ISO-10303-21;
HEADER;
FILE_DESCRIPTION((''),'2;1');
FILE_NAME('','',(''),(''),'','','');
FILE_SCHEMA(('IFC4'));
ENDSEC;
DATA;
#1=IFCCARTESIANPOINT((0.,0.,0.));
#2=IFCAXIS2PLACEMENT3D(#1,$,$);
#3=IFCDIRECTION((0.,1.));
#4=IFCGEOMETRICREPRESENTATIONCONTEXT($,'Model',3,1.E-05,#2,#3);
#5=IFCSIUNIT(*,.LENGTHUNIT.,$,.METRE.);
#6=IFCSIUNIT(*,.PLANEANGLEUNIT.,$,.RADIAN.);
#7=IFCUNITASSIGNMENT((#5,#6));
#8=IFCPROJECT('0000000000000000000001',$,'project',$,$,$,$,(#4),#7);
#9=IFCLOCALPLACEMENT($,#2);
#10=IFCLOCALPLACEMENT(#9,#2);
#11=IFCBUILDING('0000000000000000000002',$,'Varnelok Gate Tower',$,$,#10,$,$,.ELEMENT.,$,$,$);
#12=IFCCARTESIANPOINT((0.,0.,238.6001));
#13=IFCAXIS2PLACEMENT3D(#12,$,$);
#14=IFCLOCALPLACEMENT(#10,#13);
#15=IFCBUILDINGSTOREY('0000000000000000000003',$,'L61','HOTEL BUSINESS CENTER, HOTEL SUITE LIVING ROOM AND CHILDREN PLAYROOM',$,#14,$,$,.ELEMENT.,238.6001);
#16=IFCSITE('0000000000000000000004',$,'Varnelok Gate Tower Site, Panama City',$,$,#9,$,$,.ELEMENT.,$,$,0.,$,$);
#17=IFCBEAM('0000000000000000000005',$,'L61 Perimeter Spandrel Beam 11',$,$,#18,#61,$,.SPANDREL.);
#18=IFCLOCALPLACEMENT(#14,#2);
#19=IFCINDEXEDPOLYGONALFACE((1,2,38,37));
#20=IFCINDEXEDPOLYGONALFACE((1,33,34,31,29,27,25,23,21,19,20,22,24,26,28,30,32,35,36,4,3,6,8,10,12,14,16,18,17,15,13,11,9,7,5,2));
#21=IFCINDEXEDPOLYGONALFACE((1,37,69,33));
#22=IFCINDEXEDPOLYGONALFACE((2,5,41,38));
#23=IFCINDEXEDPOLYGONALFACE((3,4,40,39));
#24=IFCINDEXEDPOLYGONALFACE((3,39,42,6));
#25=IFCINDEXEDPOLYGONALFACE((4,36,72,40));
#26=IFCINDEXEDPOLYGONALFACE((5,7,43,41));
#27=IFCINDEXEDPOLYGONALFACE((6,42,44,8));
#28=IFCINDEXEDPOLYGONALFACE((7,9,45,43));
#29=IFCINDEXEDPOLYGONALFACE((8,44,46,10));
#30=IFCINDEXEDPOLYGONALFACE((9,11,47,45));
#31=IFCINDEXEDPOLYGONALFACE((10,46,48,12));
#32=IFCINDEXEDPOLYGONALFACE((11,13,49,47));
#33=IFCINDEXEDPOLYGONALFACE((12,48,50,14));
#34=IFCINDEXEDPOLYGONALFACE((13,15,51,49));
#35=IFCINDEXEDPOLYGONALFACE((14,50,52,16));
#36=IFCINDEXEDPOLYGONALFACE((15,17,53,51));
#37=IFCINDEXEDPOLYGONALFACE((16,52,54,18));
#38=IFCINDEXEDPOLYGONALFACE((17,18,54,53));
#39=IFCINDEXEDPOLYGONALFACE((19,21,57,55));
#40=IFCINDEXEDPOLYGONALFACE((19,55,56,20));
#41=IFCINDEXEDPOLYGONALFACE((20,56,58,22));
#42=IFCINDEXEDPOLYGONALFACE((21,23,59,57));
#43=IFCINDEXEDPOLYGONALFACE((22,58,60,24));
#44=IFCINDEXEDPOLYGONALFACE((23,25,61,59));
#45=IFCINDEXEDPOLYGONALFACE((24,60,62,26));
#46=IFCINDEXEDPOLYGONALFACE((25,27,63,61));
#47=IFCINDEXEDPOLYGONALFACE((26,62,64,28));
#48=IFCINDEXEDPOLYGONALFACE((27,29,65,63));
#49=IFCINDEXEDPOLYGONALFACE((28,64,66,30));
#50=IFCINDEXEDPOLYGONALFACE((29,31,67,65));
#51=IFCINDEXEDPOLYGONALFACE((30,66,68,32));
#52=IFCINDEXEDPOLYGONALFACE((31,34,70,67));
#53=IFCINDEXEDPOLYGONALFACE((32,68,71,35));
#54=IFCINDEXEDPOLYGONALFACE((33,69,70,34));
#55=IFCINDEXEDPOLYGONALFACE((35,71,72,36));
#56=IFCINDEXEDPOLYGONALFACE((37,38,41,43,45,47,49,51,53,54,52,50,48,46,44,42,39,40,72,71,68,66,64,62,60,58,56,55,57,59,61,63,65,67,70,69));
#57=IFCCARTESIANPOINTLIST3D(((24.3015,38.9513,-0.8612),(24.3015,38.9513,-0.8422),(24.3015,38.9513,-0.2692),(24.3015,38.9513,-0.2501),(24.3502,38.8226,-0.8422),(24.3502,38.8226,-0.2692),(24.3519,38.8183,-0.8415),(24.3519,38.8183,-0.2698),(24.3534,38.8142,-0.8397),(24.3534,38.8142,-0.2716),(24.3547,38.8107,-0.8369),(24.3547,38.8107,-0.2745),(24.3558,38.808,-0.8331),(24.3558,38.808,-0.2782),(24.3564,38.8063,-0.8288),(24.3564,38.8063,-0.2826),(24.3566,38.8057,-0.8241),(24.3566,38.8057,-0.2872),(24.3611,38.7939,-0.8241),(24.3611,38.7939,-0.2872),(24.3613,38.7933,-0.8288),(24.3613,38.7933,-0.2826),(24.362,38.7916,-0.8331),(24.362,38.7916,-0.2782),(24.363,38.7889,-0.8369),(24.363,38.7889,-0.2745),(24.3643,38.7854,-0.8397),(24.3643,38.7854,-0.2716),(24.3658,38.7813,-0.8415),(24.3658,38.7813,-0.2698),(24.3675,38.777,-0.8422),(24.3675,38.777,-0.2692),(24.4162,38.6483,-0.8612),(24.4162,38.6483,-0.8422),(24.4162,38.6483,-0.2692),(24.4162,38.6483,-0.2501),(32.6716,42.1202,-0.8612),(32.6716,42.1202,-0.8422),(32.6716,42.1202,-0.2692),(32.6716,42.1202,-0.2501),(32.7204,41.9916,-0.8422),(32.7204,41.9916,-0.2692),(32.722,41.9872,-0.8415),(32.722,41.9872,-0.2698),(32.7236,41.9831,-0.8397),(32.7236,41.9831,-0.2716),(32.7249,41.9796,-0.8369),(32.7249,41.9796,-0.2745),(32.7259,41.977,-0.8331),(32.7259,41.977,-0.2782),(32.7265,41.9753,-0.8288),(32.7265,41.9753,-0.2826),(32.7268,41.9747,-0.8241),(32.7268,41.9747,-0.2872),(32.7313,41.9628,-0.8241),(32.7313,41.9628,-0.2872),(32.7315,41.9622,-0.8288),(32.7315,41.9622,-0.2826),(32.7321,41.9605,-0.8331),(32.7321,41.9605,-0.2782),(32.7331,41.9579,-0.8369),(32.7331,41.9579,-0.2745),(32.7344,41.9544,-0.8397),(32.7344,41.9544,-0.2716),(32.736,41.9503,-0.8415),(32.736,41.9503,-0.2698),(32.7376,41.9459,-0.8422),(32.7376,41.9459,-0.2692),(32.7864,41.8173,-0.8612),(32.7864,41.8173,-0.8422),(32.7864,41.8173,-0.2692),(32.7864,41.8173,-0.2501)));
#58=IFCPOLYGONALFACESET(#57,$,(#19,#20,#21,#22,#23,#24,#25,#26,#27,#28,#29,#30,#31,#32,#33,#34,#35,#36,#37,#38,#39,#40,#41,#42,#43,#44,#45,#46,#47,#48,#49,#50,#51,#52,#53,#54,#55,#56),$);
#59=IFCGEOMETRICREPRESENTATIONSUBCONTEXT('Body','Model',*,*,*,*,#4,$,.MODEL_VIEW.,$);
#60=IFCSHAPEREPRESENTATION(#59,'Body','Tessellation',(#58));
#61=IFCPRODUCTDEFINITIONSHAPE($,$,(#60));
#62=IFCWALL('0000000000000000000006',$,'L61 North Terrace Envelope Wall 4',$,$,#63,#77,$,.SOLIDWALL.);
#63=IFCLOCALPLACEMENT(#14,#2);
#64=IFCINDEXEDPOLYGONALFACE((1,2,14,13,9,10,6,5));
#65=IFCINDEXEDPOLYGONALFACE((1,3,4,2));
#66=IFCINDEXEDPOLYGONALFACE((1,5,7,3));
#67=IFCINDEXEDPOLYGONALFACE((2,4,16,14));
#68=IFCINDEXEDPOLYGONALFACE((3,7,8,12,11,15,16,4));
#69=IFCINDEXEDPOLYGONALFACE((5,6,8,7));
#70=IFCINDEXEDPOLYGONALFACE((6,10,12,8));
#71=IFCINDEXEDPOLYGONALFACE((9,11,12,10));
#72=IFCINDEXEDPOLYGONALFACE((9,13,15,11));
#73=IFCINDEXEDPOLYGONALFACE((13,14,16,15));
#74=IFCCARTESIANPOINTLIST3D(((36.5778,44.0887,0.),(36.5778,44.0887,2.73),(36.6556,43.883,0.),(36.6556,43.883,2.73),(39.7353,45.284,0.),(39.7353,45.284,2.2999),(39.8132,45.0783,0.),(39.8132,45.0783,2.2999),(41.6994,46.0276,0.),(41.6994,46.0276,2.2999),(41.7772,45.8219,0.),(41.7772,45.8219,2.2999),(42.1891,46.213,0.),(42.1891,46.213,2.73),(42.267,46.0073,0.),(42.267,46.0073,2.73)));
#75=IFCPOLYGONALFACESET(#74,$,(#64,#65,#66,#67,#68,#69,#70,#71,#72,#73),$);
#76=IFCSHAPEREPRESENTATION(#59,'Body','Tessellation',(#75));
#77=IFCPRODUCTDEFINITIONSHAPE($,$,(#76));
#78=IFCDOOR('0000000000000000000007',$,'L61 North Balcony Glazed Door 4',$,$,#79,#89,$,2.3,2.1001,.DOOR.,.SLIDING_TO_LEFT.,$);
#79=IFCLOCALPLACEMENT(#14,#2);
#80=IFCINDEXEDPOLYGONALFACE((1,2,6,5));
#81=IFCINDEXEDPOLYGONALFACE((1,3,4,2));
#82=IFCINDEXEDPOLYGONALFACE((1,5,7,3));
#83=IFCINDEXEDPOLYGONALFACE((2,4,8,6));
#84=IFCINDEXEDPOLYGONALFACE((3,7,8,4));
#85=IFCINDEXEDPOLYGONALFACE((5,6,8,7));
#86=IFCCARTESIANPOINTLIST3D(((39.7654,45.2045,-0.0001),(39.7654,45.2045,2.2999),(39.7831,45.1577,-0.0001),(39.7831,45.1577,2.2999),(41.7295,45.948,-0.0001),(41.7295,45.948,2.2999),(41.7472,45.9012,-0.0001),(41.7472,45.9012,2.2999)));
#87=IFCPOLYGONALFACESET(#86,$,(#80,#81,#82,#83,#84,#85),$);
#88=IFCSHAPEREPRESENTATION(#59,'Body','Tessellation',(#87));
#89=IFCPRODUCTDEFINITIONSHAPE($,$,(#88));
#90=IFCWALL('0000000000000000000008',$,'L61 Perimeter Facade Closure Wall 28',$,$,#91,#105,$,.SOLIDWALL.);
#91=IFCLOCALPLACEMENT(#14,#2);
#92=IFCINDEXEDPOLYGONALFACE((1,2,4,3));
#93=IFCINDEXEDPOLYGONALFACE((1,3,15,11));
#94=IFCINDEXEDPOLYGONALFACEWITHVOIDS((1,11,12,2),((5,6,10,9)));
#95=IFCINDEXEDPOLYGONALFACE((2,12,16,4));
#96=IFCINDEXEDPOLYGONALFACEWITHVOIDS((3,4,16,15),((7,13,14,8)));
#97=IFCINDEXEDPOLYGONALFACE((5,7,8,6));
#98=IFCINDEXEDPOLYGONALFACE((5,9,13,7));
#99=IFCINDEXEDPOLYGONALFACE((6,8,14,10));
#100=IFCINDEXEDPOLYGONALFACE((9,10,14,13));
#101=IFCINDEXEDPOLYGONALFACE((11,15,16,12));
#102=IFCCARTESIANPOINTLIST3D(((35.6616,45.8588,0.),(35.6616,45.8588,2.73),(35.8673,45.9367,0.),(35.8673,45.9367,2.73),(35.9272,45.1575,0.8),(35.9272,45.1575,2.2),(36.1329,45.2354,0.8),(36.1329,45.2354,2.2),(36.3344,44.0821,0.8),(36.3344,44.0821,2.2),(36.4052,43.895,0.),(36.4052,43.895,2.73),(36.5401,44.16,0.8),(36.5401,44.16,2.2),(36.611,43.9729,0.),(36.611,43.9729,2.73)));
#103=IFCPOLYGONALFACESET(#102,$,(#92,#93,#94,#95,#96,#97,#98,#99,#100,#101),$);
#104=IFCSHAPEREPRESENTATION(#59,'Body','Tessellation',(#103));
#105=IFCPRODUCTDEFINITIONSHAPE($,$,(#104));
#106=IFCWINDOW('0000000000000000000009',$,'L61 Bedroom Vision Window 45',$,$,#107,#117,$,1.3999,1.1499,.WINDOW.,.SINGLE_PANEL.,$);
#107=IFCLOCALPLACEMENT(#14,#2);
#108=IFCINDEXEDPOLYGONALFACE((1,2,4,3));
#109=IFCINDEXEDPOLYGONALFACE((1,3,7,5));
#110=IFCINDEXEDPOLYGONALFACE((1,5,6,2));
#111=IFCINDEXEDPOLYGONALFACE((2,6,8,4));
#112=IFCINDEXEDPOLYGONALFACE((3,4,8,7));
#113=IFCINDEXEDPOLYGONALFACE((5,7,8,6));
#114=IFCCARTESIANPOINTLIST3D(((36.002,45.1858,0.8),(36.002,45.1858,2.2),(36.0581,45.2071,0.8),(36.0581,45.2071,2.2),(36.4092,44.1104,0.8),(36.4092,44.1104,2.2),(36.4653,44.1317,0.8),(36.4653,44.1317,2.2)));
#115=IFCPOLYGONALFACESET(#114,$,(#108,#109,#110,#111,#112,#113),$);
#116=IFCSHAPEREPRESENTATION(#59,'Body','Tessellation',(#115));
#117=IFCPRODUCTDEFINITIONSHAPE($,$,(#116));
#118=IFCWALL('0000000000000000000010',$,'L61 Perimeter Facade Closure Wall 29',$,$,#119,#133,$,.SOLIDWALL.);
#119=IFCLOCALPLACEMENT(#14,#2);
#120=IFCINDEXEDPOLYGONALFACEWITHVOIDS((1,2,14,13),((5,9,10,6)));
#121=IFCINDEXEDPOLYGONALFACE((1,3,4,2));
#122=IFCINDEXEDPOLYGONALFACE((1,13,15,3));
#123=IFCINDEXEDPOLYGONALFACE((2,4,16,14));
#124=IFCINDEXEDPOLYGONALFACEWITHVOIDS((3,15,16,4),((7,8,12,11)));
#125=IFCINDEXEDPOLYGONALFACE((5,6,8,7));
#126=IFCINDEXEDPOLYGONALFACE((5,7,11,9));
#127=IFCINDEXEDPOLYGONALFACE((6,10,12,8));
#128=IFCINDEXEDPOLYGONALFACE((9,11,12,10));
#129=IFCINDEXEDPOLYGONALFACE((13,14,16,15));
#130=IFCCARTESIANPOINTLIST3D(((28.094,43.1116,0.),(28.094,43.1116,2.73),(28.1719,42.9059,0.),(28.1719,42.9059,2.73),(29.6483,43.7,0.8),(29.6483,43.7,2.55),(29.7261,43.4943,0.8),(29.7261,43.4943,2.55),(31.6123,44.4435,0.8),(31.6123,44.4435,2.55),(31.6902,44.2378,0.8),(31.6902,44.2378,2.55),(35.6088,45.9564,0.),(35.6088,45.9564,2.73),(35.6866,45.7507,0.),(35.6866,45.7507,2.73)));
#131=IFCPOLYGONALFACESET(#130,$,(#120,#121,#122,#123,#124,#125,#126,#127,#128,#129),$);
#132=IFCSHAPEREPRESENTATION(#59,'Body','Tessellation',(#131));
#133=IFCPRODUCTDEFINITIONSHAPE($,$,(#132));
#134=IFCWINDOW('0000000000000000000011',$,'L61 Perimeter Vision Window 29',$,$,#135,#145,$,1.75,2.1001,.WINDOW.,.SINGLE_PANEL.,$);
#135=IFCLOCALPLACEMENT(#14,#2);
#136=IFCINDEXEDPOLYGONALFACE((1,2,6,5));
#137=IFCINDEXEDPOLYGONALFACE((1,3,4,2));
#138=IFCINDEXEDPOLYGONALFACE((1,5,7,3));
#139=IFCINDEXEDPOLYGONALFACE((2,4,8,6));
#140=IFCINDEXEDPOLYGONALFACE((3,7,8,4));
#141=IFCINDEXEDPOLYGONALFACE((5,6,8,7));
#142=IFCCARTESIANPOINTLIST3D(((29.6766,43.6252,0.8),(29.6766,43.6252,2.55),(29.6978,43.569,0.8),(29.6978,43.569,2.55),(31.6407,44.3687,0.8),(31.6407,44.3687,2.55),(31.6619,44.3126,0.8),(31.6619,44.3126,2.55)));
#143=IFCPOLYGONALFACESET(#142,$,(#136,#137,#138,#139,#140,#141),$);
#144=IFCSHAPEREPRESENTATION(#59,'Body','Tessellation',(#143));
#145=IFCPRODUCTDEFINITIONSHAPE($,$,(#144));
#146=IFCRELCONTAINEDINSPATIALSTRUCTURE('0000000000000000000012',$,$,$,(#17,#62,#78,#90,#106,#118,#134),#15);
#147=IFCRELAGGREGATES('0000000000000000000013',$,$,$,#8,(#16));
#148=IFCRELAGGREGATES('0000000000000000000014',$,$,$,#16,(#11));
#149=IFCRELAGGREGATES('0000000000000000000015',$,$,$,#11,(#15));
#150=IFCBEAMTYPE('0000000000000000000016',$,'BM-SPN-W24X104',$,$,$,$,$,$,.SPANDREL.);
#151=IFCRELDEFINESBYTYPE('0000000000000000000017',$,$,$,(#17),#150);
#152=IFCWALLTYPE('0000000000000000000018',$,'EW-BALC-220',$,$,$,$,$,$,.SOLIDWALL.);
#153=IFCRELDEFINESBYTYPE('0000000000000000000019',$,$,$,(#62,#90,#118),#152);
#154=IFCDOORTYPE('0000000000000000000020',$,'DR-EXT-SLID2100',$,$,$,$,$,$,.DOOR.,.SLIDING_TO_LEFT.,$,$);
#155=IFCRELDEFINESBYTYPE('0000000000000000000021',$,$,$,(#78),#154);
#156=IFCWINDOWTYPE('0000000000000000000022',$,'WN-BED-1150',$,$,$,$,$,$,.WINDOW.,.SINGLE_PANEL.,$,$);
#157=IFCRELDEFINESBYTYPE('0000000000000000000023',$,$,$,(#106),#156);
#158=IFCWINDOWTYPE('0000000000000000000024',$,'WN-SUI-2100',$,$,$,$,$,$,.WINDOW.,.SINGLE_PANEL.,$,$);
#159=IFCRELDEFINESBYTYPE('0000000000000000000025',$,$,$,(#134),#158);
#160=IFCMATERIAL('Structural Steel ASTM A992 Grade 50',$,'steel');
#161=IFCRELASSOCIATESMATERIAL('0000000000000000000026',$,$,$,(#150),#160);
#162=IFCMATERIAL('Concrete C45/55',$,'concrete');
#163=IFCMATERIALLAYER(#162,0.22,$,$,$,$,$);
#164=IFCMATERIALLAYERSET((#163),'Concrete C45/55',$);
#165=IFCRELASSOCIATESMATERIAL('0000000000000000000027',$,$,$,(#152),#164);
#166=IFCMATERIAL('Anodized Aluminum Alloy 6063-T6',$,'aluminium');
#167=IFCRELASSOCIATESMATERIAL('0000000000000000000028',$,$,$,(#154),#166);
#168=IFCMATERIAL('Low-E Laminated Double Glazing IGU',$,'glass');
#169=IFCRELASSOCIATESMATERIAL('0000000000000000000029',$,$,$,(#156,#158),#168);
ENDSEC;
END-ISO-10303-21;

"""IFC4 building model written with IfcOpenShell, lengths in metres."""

from ifc_helpers import new_model, si_unit, direction, frame, frame_2d, origin, origin_2d, place, context, subcontext, project, spatial, rectangle, i_section, extrude, material, layer, layer_set, material_profile, profile_set, type_object, element, fill, save


model = new_model("IFC4")

# Units and contexts
model_context = context("Model", 3, precision=1e-05, world=origin(), true_north=direction((0.0, 1.0)))
body_context = subcontext(model_context, "Body", "Model", "MODEL_VIEW")
ifc_project = project(units=[si_unit("LENGTHUNIT", "METRE"), si_unit("PLANEANGLEUNIT", "RADIAN")], contexts=[model_context])

# Site, building, storey
site_placement = place(None, origin())
site = spatial("IfcSite", under=ifc_project, at=site_placement, Name="Varnelok Gate Tower Site, Panama City", CompositionType="ELEMENT", RefElevation=0.0)
building_placement = place(site_placement, origin())
building = spatial("IfcBuilding", under=site, at=building_placement, Name="Varnelok Gate Tower", CompositionType="ELEMENT")
storey_placement = place(building_placement, frame((0.0, 0.0, 238.6001)))
storey = spatial("IfcBuildingStorey", under=building, at=storey_placement, Name="L61", Description="HOTEL BUSINESS CENTER, HOTEL SUITE LIVING ROOM AND CHILDREN PLAYROOM", CompositionType="ELEMENT", Elevation=238.6001)

# Shared definitions
ifc_material_1 = material(Name="Structural Steel ASTM A992 Grade 50", Category="steel")

# Beam
ifc_material_profile_1 = material_profile(ifc_material_1, i_section(OverallWidth=0.324, OverallDepth=0.6111, WebThickness=0.0127, FlangeThickness=0.019, FilletRadius=0.0181, at=origin_2d()), Name="W24X104")
ifc_profile_set_1 = profile_set([ifc_material_profile_1], Name="Structural Steel ASTM A992 Grade 50")
beam_type_1 = type_object("IfcBeamType", Name="BM-SPN-W24X104", PredefinedType="SPANDREL", material=ifc_profile_set_1)
beam_1_placement = place(storey_placement, frame((32.729, 41.9688, -0.5557), z_axis=(-0.935217, -0.354075, 0.0), x_axis=(0.354075, -0.935217, 0.0)))
element("IfcBeam", 1, at=beam_1_placement, inside=storey, type_object=beam_type_1, Name="L61 Perimeter Spandrel Beam 11", PredefinedType="SPANDREL", context=body_context, shape_type="SweptSolid", body=[
    extrude(i_section(OverallWidth=0.324, OverallDepth=0.6111, WebThickness=0.0127, FlangeThickness=0.019, FilletRadius=0.0181, at=origin_2d()), origin(), (0.0, 0.0, 1.0), 8.95),
])

# Wall, opening, door
ifc_material_2 = material(Name="Concrete C45/55", Category="concrete")
ifc_layer_1 = layer(ifc_material_2, 0.22)
ifc_layer_set_1 = layer_set([ifc_layer_1], Name="Concrete C45/55")
wall_type_1 = type_object("IfcWallType", Name="EW-BALC-220", PredefinedType="SOLIDWALL", material=ifc_layer_set_1)
wall_1_placement = place(storey_placement, frame((36.6167, 43.9858, 0.0), z_axis=(0.0, 0.0, 1.0), x_axis=(0.935228, 0.354047, 0.0)))
wall_1 = element("IfcWall", 2, at=wall_1_placement, inside=storey, type_object=wall_type_1, Name="L61 North Terrace Envelope Wall 4", PredefinedType="SOLIDWALL", context=body_context, shape_type="SweptSolid", body=[
    extrude(rectangle(XDim=6.0, YDim=0.22, at=frame_2d((3.0, 0.0))), origin(), (0.0, 0.0, 1.0), 2.73),
])
opening_1_placement = place(wall_1_placement, frame((3.3762, 0.0, 0.0)))
opening_1 = element("IfcOpeningElement", 3, at=opening_1_placement, cuts=wall_1, PredefinedType="OPENING", context=body_context, shape_type="SweptSolid", body=[
    extrude(rectangle(XDim=2.1001, YDim=2.3, at=frame_2d((1.05, 1.1499))), frame((0.0, 0.1199, 0.0), z_axis=(0.0, -1.0, 0.0), x_axis=(1.0, 0.0, 0.0)), (0.0, 0.0, 1.0), 0.24),
])
ifc_material_3 = material(Name="Anodized Aluminum Alloy 6063-T6", Category="aluminium")
door_type_1 = type_object("IfcDoorType", Name="DR-EXT-SLID2100", OperationType="SLIDING_TO_LEFT", PredefinedType="DOOR", material=ifc_material_3)
door_1_placement = place(opening_1_placement, origin())
door_1 = element("IfcDoor", 4, at=door_1_placement, inside=storey, type_object=door_type_1, Name="L61 North Balcony Glazed Door 4", OperationType="SLIDING_TO_LEFT", OverallHeight=2.3, OverallWidth=2.1001, PredefinedType="DOOR", context=body_context, shape_type="SweptSolid", body=[
    extrude(rectangle(XDim=2.1001, YDim=2.3, at=frame_2d((1.05, 1.1499))), frame((0.0, 0.0249, 0.0), z_axis=(0.0, -1.0, 0.0), x_axis=(1.0, 0.0, 0.0)), (0.0, 0.0, 1.0), 0.05),
])
fill(opening_1, door_1)

# Walls, openings, windows
wall_2_placement = place(storey_placement, frame((36.5081, 43.9341, 0.0), z_axis=(0.0, 0.0, 1.0), x_axis=(-0.354128, 0.935197, 0.0)))
wall_2 = element("IfcWall", 5, at=wall_2_placement, inside=storey, type_object=wall_type_1, Name="L61 Perimeter Facade Closure Wall 28", PredefinedType="SOLIDWALL", context=body_context, shape_type="SweptSolid", body=[
    extrude(rectangle(XDim=2.0999, YDim=0.22, at=frame_2d((1.0498, 0.0))), origin(), (0.0, 0.0, 1.0), 2.73),
])
opening_2_placement = place(wall_2_placement, frame((0.2, 0.0, 0.8)))
opening_2 = element("IfcOpeningElement", 6, at=opening_2_placement, cuts=wall_2, PredefinedType="OPENING", context=body_context, shape_type="SweptSolid", body=[
    extrude(rectangle(XDim=1.1499, YDim=1.3999, at=frame_2d((0.575, 0.7))), frame((0.0, 0.1199, 0.0), z_axis=(0.0, -1.0, 0.0), x_axis=(1.0, 0.0, 0.0)), (0.0, 0.0, 1.0), 0.24),
])
ifc_material_4 = material(Name="Low-E Laminated Double Glazing IGU", Category="glass")
window_type_1 = type_object("IfcWindowType", Name="WN-BED-1150", PartitioningType="SINGLE_PANEL", PredefinedType="WINDOW", material=ifc_material_4)
window_1_placement = place(opening_2_placement, origin())
window_1 = element("IfcWindow", 7, at=window_1_placement, inside=storey, type_object=window_type_1, Name="L61 Bedroom Vision Window 45", OverallHeight=1.3999, OverallWidth=1.1499, PartitioningType="SINGLE_PANEL", PredefinedType="WINDOW", context=body_context, shape_type="SweptSolid", body=[
    extrude(rectangle(XDim=1.1499, YDim=1.3999, at=frame_2d((0.575, 0.7))), frame((0.0, 0.03, 0.0), z_axis=(0.0, -1.0, 0.0), x_axis=(1.0, 0.0, 0.0)), (0.0, 0.0, 1.0), 0.0601),
])
fill(opening_2, window_1)
wall_3_placement = place(storey_placement, frame((35.6477, 45.8535, 0.0), z_axis=(0.0, 0.0, 1.0), x_axis=(-0.935231, -0.354039, 0.0)))
wall_3 = element("IfcWall", 8, at=wall_3_placement, inside=storey, type_object=wall_type_1, Name="L61 Perimeter Facade Closure Wall 29", PredefinedType="SOLIDWALL", context=body_context, shape_type="SweptSolid", body=[
    extrude(rectangle(XDim=8.0352, YDim=0.22, at=frame_2d((4.0176, 0.0))), origin(), (0.0, 0.0, 1.0), 2.73),
])
opening_3_placement = place(wall_3_placement, frame((4.2732, 0.0, 0.8)))
opening_3 = element("IfcOpeningElement", 9, at=opening_3_placement, cuts=wall_3, PredefinedType="OPENING", context=body_context, shape_type="SweptSolid", body=[
    extrude(rectangle(XDim=2.1001, YDim=1.75, at=frame_2d((1.05, 0.875))), frame((0.0, 0.1199, 0.0), z_axis=(0.0, -1.0, 0.0), x_axis=(1.0, 0.0, 0.0)), (0.0, 0.0, 1.0), 0.24),
])
window_type_2 = type_object("IfcWindowType", Name="WN-SUI-2100", PartitioningType="SINGLE_PANEL", PredefinedType="WINDOW", material=ifc_material_4)
window_2_placement = place(opening_3_placement, origin())
window_2 = element("IfcWindow", 10, at=window_2_placement, inside=storey, type_object=window_type_2, Name="L61 Perimeter Vision Window 29", OverallHeight=1.75, OverallWidth=2.1001, PartitioningType="SINGLE_PANEL", PredefinedType="WINDOW", context=body_context, shape_type="SweptSolid", body=[
    extrude(rectangle(XDim=2.1001, YDim=1.75, at=frame_2d((1.05, 0.875))), frame((0.0, 0.03, 0.0), z_axis=(0.0, -1.0, 0.0), x_axis=(1.0, 0.0, 0.0)), (0.0, 0.0, 1.0), 0.0601),
])
fill(opening_3, window_2)

save(model, "model.ifc")
